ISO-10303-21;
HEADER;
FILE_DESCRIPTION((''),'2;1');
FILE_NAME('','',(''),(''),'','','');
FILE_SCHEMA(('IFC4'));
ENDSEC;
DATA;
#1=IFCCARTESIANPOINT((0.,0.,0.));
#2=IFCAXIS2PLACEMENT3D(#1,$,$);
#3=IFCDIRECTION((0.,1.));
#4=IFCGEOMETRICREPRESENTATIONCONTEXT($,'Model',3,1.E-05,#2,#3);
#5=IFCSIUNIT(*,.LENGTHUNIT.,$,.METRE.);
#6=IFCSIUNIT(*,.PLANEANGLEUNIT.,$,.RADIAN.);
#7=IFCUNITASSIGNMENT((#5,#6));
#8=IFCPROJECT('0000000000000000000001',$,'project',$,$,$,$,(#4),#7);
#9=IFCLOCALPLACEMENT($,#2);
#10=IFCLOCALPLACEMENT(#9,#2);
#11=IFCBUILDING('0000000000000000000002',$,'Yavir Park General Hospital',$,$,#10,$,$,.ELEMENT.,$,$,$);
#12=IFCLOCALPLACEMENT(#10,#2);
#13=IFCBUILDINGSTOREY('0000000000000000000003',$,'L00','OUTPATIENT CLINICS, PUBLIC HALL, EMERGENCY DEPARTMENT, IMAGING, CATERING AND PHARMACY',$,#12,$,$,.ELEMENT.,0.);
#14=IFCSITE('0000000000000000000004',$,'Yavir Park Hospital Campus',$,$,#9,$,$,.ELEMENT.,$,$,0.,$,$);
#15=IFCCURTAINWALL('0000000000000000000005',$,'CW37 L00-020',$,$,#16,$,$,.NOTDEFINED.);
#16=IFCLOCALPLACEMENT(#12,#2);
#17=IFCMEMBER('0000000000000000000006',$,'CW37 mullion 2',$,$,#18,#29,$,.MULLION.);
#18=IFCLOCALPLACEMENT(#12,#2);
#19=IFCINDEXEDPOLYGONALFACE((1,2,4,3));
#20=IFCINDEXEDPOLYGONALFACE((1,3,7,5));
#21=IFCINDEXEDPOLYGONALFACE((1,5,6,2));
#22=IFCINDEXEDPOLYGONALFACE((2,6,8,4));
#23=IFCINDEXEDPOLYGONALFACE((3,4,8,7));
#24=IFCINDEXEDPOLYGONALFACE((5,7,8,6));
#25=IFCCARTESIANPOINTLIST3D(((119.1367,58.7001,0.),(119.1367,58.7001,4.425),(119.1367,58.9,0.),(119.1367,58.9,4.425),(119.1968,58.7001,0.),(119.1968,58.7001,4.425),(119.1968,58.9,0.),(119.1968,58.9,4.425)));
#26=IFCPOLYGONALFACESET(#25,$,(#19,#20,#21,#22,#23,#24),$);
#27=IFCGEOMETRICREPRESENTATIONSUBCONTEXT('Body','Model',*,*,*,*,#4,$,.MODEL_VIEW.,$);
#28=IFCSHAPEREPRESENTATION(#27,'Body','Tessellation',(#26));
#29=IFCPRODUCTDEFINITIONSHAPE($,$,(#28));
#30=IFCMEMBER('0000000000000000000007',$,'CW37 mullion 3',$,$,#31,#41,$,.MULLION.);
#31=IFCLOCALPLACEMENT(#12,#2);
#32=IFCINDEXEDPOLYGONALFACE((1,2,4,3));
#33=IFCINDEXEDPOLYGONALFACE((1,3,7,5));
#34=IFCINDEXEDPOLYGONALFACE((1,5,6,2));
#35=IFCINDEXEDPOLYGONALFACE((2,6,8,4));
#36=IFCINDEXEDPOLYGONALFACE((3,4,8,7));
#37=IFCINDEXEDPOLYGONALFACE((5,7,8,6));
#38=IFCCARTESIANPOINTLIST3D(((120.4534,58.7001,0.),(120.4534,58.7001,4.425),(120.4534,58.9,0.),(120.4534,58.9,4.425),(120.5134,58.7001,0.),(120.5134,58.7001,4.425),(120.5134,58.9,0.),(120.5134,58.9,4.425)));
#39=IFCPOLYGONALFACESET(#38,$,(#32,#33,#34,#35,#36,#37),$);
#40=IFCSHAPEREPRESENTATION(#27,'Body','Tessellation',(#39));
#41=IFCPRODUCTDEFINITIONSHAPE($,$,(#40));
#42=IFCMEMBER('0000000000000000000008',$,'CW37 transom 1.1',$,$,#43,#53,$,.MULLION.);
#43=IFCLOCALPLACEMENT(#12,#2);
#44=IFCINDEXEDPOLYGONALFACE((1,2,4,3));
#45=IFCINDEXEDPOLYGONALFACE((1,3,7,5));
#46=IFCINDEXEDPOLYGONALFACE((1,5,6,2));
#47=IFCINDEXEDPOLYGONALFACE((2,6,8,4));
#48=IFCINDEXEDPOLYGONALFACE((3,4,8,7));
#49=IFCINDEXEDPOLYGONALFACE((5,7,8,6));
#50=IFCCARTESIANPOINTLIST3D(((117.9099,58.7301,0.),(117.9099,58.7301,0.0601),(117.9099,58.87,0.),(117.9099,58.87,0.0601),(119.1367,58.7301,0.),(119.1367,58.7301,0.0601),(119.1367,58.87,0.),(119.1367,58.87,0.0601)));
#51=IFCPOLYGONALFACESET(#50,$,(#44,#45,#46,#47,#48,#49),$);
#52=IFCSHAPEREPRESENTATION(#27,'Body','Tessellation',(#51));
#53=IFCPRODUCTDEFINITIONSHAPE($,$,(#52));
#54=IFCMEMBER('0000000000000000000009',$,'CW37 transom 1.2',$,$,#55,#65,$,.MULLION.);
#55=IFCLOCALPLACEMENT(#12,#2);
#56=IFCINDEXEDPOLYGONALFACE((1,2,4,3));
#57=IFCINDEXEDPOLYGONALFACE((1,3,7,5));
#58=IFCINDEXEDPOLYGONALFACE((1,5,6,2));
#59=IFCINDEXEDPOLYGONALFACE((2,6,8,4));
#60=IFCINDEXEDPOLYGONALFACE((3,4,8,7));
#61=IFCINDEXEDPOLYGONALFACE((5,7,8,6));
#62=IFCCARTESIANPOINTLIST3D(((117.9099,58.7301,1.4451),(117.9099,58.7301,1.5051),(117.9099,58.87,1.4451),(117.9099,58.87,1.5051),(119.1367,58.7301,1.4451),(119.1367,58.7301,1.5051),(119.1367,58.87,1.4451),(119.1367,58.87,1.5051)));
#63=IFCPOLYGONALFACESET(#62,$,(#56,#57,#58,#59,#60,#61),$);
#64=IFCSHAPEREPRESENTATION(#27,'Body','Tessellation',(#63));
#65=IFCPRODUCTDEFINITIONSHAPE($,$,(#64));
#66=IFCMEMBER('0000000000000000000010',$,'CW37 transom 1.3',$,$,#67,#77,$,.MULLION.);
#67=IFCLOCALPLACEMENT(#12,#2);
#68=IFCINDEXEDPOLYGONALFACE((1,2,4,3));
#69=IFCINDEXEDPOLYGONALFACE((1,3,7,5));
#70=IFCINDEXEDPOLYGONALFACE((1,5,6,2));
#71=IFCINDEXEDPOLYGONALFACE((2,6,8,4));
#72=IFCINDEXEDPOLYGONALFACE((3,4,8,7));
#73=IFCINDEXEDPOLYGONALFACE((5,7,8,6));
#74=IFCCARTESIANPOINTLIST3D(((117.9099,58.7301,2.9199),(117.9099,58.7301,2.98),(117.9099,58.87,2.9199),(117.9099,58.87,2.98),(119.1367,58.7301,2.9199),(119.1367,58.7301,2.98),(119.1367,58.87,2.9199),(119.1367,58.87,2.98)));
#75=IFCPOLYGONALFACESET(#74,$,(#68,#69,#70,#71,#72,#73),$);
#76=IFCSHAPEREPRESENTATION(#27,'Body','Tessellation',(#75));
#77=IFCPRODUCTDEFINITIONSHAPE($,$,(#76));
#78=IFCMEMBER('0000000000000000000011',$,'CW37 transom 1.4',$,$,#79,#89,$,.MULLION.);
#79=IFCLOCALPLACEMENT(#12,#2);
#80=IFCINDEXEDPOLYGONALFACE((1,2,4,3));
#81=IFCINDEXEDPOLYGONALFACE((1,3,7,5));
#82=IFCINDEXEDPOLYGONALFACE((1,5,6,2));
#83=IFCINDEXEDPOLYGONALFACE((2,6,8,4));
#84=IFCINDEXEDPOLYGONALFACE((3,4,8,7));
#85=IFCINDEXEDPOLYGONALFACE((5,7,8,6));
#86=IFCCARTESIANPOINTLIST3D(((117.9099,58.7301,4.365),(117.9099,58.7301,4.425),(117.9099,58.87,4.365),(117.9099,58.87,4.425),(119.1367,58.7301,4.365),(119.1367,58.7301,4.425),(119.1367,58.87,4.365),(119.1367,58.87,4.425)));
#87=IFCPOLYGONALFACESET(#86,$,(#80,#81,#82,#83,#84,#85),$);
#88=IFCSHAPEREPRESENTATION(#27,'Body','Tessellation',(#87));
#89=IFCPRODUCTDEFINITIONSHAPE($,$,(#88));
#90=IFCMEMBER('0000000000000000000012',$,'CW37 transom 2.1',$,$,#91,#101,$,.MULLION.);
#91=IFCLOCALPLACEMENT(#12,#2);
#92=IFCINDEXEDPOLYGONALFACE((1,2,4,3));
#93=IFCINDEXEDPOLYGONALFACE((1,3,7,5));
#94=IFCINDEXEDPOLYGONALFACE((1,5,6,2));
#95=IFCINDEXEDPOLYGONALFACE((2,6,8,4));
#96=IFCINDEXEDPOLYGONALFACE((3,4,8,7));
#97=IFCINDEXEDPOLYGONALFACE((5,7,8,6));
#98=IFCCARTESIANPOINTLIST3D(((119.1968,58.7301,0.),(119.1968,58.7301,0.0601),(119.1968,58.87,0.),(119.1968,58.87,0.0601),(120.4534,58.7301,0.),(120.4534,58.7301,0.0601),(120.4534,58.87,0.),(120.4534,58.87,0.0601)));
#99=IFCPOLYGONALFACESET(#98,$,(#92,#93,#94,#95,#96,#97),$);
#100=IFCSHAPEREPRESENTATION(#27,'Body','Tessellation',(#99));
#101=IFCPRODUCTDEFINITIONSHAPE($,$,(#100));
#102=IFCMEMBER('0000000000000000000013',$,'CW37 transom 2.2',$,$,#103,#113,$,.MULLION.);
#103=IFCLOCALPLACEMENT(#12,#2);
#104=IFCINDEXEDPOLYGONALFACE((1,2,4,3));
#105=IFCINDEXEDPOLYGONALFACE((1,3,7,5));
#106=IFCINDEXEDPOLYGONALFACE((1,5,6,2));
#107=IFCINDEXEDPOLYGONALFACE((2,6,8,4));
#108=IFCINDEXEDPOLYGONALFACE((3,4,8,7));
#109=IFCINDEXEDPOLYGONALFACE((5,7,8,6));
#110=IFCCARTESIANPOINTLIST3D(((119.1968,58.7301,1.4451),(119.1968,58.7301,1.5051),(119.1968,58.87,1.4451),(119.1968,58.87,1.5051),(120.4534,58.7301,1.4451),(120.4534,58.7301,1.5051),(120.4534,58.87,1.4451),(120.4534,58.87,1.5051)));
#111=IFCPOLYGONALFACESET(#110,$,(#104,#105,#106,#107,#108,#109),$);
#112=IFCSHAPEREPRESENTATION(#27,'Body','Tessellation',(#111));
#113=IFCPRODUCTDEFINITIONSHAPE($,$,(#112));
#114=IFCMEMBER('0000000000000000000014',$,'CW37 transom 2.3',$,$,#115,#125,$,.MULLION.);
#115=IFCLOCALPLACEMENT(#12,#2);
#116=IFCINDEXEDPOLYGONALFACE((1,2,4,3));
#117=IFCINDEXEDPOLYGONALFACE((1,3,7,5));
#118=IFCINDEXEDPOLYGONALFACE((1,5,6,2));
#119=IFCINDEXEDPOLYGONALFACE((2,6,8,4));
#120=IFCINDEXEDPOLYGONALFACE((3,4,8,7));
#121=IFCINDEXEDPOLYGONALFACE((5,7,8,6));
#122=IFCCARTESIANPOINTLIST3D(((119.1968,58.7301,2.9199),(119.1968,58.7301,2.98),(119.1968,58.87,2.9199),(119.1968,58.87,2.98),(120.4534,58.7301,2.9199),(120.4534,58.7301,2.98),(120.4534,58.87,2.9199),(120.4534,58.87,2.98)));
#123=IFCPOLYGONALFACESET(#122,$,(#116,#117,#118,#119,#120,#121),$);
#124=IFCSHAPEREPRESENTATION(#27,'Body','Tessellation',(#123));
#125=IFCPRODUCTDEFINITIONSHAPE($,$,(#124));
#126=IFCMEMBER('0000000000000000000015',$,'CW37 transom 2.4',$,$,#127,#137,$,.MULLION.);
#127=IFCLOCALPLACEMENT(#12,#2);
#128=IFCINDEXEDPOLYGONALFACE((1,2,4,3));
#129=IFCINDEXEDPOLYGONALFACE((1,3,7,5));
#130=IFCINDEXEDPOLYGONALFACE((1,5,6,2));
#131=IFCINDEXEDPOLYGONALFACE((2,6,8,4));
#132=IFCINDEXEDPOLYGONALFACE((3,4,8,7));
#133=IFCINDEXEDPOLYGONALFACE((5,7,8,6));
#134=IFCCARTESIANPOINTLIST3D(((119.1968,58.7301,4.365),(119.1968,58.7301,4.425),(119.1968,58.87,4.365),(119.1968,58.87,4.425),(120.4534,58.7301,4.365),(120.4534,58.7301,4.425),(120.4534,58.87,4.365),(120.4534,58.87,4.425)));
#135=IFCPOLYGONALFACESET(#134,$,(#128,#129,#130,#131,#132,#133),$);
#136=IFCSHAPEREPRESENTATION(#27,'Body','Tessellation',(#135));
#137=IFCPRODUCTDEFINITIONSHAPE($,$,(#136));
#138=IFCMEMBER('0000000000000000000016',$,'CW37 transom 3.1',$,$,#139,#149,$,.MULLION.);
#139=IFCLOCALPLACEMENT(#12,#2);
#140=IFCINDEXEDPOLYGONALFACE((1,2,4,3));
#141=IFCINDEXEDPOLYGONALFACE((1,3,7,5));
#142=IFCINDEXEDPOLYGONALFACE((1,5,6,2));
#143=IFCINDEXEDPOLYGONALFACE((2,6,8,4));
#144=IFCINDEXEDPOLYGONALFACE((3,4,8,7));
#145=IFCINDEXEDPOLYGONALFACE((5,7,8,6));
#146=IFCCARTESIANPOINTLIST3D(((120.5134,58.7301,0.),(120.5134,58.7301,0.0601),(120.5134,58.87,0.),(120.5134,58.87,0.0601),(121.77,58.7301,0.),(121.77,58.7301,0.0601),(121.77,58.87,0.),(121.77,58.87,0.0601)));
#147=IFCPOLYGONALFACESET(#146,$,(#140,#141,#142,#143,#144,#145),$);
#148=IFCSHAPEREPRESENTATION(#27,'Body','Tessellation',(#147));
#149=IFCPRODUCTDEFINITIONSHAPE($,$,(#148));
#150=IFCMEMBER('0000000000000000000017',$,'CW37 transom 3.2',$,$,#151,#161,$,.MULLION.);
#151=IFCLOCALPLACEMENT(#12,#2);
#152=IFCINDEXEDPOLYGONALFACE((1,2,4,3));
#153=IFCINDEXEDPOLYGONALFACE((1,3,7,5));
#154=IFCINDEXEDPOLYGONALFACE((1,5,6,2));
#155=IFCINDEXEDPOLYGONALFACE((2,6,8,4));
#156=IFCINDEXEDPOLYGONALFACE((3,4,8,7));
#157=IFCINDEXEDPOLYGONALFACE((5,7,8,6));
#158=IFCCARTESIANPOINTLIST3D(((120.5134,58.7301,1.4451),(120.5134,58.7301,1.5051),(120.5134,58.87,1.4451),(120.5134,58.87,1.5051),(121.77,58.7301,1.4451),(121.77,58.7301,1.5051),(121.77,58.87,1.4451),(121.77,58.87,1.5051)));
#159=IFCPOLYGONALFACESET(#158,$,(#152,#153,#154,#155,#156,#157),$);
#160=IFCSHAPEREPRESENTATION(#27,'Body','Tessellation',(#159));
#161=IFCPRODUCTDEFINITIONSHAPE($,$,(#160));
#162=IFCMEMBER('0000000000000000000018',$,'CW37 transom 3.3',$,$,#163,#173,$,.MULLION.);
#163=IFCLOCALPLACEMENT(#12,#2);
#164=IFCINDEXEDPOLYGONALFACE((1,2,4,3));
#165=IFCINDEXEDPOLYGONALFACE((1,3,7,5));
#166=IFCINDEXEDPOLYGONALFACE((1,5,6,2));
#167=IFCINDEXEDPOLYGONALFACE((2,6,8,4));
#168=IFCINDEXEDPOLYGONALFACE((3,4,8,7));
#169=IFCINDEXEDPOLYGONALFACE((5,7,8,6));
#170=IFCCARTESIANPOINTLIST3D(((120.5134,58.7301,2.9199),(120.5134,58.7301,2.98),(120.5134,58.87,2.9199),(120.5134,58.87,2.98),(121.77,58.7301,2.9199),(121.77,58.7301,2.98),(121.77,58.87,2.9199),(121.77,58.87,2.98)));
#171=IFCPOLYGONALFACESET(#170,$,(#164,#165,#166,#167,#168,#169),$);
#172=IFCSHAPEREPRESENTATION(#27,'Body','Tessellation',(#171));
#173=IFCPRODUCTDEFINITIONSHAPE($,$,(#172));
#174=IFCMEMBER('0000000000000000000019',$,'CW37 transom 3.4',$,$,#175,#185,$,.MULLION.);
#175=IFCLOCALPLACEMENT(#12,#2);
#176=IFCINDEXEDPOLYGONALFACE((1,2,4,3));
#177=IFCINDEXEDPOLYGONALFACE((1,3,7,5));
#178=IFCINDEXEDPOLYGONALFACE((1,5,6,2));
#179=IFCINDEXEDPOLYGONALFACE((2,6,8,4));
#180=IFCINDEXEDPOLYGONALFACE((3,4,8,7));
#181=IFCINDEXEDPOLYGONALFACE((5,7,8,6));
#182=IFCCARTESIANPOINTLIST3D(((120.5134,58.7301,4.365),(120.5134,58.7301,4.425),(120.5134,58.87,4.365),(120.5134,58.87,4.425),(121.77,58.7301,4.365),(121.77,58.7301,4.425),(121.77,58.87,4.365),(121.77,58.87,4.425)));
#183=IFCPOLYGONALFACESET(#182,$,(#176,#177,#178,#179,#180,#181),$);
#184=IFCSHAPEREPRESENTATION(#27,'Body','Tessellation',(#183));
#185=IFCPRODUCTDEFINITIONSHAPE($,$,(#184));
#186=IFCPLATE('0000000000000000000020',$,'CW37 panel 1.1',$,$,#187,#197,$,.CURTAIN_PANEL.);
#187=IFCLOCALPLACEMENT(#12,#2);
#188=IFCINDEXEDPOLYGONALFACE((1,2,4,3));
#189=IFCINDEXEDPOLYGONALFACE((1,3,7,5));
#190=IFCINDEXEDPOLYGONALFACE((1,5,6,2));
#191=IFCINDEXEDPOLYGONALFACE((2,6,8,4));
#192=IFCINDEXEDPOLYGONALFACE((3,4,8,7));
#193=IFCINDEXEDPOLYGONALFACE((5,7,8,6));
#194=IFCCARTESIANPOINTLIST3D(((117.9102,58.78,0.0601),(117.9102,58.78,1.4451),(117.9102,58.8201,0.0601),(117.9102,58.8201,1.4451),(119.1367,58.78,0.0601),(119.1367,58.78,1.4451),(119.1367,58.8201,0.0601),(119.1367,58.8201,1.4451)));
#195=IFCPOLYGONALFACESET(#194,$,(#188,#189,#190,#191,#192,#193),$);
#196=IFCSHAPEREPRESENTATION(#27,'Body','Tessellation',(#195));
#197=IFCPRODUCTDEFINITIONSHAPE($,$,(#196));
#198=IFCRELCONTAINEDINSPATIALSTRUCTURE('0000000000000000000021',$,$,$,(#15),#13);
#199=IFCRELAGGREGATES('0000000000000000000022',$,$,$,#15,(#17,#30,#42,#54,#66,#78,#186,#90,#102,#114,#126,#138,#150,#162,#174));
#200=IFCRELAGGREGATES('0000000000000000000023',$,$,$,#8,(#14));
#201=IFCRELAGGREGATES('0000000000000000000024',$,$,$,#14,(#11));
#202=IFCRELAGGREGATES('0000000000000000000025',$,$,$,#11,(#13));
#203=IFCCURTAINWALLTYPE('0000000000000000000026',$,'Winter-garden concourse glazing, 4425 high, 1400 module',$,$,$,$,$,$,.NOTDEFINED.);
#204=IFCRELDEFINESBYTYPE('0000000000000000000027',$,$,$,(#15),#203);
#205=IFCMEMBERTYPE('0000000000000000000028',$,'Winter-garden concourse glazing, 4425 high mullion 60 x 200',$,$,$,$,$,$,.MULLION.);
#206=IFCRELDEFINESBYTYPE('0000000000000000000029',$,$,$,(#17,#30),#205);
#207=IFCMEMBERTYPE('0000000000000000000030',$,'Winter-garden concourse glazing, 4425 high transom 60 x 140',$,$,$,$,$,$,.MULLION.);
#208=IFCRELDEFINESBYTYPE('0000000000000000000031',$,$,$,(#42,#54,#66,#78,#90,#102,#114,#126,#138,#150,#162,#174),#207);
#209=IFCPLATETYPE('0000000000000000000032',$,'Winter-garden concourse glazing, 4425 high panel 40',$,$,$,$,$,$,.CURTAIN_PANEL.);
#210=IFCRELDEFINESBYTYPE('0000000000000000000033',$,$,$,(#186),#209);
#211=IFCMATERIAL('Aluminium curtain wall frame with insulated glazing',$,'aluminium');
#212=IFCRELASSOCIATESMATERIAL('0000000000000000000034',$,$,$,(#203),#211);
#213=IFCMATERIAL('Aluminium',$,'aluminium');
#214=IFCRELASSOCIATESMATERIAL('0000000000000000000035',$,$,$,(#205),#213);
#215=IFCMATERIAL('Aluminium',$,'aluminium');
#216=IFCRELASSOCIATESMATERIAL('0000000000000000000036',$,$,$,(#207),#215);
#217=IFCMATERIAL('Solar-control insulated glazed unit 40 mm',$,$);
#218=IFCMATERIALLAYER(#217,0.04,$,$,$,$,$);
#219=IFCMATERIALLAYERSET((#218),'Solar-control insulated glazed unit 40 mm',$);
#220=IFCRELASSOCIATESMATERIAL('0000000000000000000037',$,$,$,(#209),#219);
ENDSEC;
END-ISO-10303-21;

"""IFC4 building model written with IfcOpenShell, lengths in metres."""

from ifc_helpers import new_model, si_unit, direction, frame, origin, origin_2d, place, context, subcontext, project, spatial, rectangle, extrude, material, layer, layer_set, material_profile, profile_set, type_object, element, aggregate, save


model = new_model("IFC4")

# Units and contexts
model_context = context("Model", 3, precision=1e-05, world=origin(), true_north=direction((0.0, 1.0)))
body_context = subcontext(model_context, "Body", "Model", "MODEL_VIEW")
ifc_project = project(units=[si_unit("LENGTHUNIT", "METRE"), si_unit("PLANEANGLEUNIT", "RADIAN")], contexts=[model_context])

# Site, building, storey
site_placement = place(None, origin())
site = spatial("IfcSite", under=ifc_project, at=site_placement, Name="Yavir Park Hospital Campus", CompositionType="ELEMENT", RefElevation=0.0)
building_placement = place(site_placement, origin())
building = spatial("IfcBuilding", under=site, at=building_placement, Name="Yavir Park General Hospital", CompositionType="ELEMENT")
storey_placement = place(building_placement, origin())
storey = spatial("IfcBuildingStorey", under=building, at=storey_placement, Name="L00", Description="OUTPATIENT CLINICS, PUBLIC HALL, EMERGENCY DEPARTMENT, IMAGING, CATERING AND PHARMACY", CompositionType="ELEMENT", Elevation=0.0)

# Shared definitions
ifc_material_1 = material(Name="Aluminium curtain wall frame with insulated glazing", Category="aluminium")
curtain_wall_type = type_object("IfcCurtainWallType", Name="Winter-garden concourse glazing, 4425 high, 1400 module", PredefinedType="NOTDEFINED", material=ifc_material_1)
ifc_material_2 = material(Name="Aluminium", Category="aluminium")
ifc_material_profile_1 = material_profile(ifc_material_2, rectangle(XDim=0.2, YDim=0.0601, at=origin_2d()), Name="AL 60x200")
ifc_profile_set_1 = profile_set([ifc_material_profile_1], Name="Aluminium")
member_type_1 = type_object("IfcMemberType", Name="Winter-garden concourse glazing, 4425 high mullion 60 x 200", PredefinedType="MULLION", material=ifc_profile_set_1)

# Curtain wall, members, plate
curtain_wall_1_placement = place(storey_placement, origin())
curtain_wall_1 = element("IfcCurtainWall", 1, at=curtain_wall_1_placement, inside=storey, type_object=curtain_wall_type, Name="CW37 L00-020", PredefinedType="NOTDEFINED")
member_1_placement = place(storey_placement, frame((119.1667, 58.8, 0.0), z_axis=(0.0, 0.0, 1.0), x_axis=(0.0, 1.0, 0.0)))
member_1 = element("IfcMember", 2, at=member_1_placement, type_object=member_type_1, Name="CW37 mullion 2", PredefinedType="MULLION", context=body_context, shape_type="SweptSolid", body=[
    extrude(rectangle(XDim=0.2, YDim=0.0601, at=origin_2d()), origin(), (0.0, 0.0, 1.0), 4.425),
])
member_2_placement = place(storey_placement, frame((120.4834, 58.8, 0.0), z_axis=(0.0, 0.0, 1.0), x_axis=(0.0, 1.0, 0.0)))
member_2 = element("IfcMember", 3, at=member_2_placement, type_object=member_type_1, Name="CW37 mullion 3", PredefinedType="MULLION", context=body_context, shape_type="SweptSolid", body=[
    extrude(rectangle(XDim=0.2, YDim=0.0601, at=origin_2d()), origin(), (0.0, 0.0, 1.0), 4.425),
])
ifc_material_3 = material(Name="Aluminium", Category="aluminium")
ifc_material_profile_2 = material_profile(ifc_material_3, rectangle(XDim=0.1399, YDim=0.0601, at=origin_2d()), Name="AL 140x60")
ifc_profile_set_2 = profile_set([ifc_material_profile_2], Name="Aluminium")
member_type_2 = type_object("IfcMemberType", Name="Winter-garden concourse glazing, 4425 high transom 60 x 140", PredefinedType="MULLION", material=ifc_profile_set_2)
member_3_placement = place(storey_placement, frame((117.9099, 58.8, 0.03), z_axis=(1.0, 0.0, 0.0), x_axis=(0.0, 1.0, 0.0)))
member_3 = element("IfcMember", 4, at=member_3_placement, type_object=member_type_2, Name="CW37 transom 1.1", PredefinedType="MULLION", context=body_context, shape_type="SweptSolid", body=[
    extrude(rectangle(XDim=0.1399, YDim=0.0601, at=origin_2d()), origin(), (0.0, 0.0, 1.0), 1.2268),
])
member_4_placement = place(storey_placement, frame((117.9099, 58.8, 1.4751), z_axis=(1.0, 0.0, 0.0), x_axis=(0.0, 1.0, 0.0)))
member_4 = element("IfcMember", 5, at=member_4_placement, type_object=member_type_2, Name="CW37 transom 1.2", PredefinedType="MULLION", context=body_context, shape_type="SweptSolid", body=[
    extrude(rectangle(XDim=0.1399, YDim=0.0601, at=origin_2d()), origin(), (0.0, 0.0, 1.0), 1.2268),
])
member_5_placement = place(storey_placement, frame((117.9099, 58.8, 2.95), z_axis=(1.0, 0.0, 0.0), x_axis=(0.0, 1.0, 0.0)))
member_5 = element("IfcMember", 6, at=member_5_placement, type_object=member_type_2, Name="CW37 transom 1.3", PredefinedType="MULLION", context=body_context, shape_type="SweptSolid", body=[
    extrude(rectangle(XDim=0.1399, YDim=0.0601, at=origin_2d()), origin(), (0.0, 0.0, 1.0), 1.2268),
])
member_6_placement = place(storey_placement, frame((117.9099, 58.8, 4.395), z_axis=(1.0, 0.0, 0.0), x_axis=(0.0, 1.0, 0.0)))
member_6 = element("IfcMember", 7, at=member_6_placement, type_object=member_type_2, Name="CW37 transom 1.4", PredefinedType="MULLION", context=body_context, shape_type="SweptSolid", body=[
    extrude(rectangle(XDim=0.1399, YDim=0.0601, at=origin_2d()), origin(), (0.0, 0.0, 1.0), 1.2268),
])
member_7_placement = place(storey_placement, frame((119.1968, 58.8, 0.03), z_axis=(1.0, 0.0, 0.0), x_axis=(0.0, 1.0, 0.0)))
member_7 = element("IfcMember", 8, at=member_7_placement, type_object=member_type_2, Name="CW37 transom 2.1", PredefinedType="MULLION", context=body_context, shape_type="SweptSolid", body=[
    extrude(rectangle(XDim=0.1399, YDim=0.0601, at=origin_2d()), origin(), (0.0, 0.0, 1.0), 1.2566),
])
member_8_placement = place(storey_placement, frame((119.1968, 58.8, 1.4751), z_axis=(1.0, 0.0, 0.0), x_axis=(0.0, 1.0, 0.0)))
member_8 = element("IfcMember", 9, at=member_8_placement, type_object=member_type_2, Name="CW37 transom 2.2", PredefinedType="MULLION", context=body_context, shape_type="SweptSolid", body=[
    extrude(rectangle(XDim=0.1399, YDim=0.0601, at=origin_2d()), origin(), (0.0, 0.0, 1.0), 1.2566),
])
member_9_placement = place(storey_placement, frame((119.1968, 58.8, 2.95), z_axis=(1.0, 0.0, 0.0), x_axis=(0.0, 1.0, 0.0)))
member_9 = element("IfcMember", 10, at=member_9_placement, type_object=member_type_2, Name="CW37 transom 2.3", PredefinedType="MULLION", context=body_context, shape_type="SweptSolid", body=[
    extrude(rectangle(XDim=0.1399, YDim=0.0601, at=origin_2d()), origin(), (0.0, 0.0, 1.0), 1.2566),
])
member_10_placement = place(storey_placement, frame((119.1968, 58.8, 4.395), z_axis=(1.0, 0.0, 0.0), x_axis=(0.0, 1.0, 0.0)))
member_10 = element("IfcMember", 11, at=member_10_placement, type_object=member_type_2, Name="CW37 transom 2.4", PredefinedType="MULLION", context=body_context, shape_type="SweptSolid", body=[
    extrude(rectangle(XDim=0.1399, YDim=0.0601, at=origin_2d()), origin(), (0.0, 0.0, 1.0), 1.2566),
])
member_11_placement = place(storey_placement, frame((120.5134, 58.8, 0.03), z_axis=(1.0, 0.0, 0.0), x_axis=(0.0, 1.0, 0.0)))
member_11 = element("IfcMember", 12, at=member_11_placement, type_object=member_type_2, Name="CW37 transom 3.1", PredefinedType="MULLION", context=body_context, shape_type="SweptSolid", body=[
    extrude(rectangle(XDim=0.1399, YDim=0.0601, at=origin_2d()), origin(), (0.0, 0.0, 1.0), 1.2566),
])
member_12_placement = place(storey_placement, frame((120.5134, 58.8, 1.4751), z_axis=(1.0, 0.0, 0.0), x_axis=(0.0, 1.0, 0.0)))
member_12 = element("IfcMember", 13, at=member_12_placement, type_object=member_type_2, Name="CW37 transom 3.2", PredefinedType="MULLION", context=body_context, shape_type="SweptSolid", body=[
    extrude(rectangle(XDim=0.1399, YDim=0.0601, at=origin_2d()), origin(), (0.0, 0.0, 1.0), 1.2566),
])
member_13_placement = place(storey_placement, frame((120.5134, 58.8, 2.95), z_axis=(1.0, 0.0, 0.0), x_axis=(0.0, 1.0, 0.0)))
member_13 = element("IfcMember", 14, at=member_13_placement, type_object=member_type_2, Name="CW37 transom 3.3", PredefinedType="MULLION", context=body_context, shape_type="SweptSolid", body=[
    extrude(rectangle(XDim=0.1399, YDim=0.0601, at=origin_2d()), origin(), (0.0, 0.0, 1.0), 1.2566),
])
member_14_placement = place(storey_placement, frame((120.5134, 58.8, 4.395), z_axis=(1.0, 0.0, 0.0), x_axis=(0.0, 1.0, 0.0)))
member_14 = element("IfcMember", 15, at=member_14_placement, type_object=member_type_2, Name="CW37 transom 3.4", PredefinedType="MULLION", context=body_context, shape_type="SweptSolid", body=[
    extrude(rectangle(XDim=0.1399, YDim=0.0601, at=origin_2d()), origin(), (0.0, 0.0, 1.0), 1.2566),
])
ifc_material_4 = material(Name="Solar-control insulated glazed unit 40 mm")
ifc_layer = layer(ifc_material_4, 0.04)
ifc_layer_set = layer_set([ifc_layer], Name="Solar-control insulated glazed unit 40 mm")
plate_type = type_object("IfcPlateType", Name="Winter-garden concourse glazing, 4425 high panel 40", PredefinedType="CURTAIN_PANEL", material=ifc_layer_set)
plate_1_placement = place(storey_placement, frame((118.5234, 58.8, 0.0601), z_axis=(0.0, 0.0, 1.0), x_axis=(1.0, 0.0, 0.0)))
plate_1 = element("IfcPlate", 16, at=plate_1_placement, type_object=plate_type, Name="CW37 panel 1.1", PredefinedType="CURTAIN_PANEL", context=body_context, shape_type="SweptSolid", body=[
    extrude(rectangle(XDim=1.2266, YDim=0.04, at=origin_2d()), origin(), (0.0, 0.0, 1.0), 1.385),
])
aggregate(curtain_wall_1, [member_1, member_2, member_3, member_4, member_5, member_6, plate_1, member_7, member_8, member_9, member_10, member_11, member_12, member_13, member_14])

save(model, "model.ifc")
